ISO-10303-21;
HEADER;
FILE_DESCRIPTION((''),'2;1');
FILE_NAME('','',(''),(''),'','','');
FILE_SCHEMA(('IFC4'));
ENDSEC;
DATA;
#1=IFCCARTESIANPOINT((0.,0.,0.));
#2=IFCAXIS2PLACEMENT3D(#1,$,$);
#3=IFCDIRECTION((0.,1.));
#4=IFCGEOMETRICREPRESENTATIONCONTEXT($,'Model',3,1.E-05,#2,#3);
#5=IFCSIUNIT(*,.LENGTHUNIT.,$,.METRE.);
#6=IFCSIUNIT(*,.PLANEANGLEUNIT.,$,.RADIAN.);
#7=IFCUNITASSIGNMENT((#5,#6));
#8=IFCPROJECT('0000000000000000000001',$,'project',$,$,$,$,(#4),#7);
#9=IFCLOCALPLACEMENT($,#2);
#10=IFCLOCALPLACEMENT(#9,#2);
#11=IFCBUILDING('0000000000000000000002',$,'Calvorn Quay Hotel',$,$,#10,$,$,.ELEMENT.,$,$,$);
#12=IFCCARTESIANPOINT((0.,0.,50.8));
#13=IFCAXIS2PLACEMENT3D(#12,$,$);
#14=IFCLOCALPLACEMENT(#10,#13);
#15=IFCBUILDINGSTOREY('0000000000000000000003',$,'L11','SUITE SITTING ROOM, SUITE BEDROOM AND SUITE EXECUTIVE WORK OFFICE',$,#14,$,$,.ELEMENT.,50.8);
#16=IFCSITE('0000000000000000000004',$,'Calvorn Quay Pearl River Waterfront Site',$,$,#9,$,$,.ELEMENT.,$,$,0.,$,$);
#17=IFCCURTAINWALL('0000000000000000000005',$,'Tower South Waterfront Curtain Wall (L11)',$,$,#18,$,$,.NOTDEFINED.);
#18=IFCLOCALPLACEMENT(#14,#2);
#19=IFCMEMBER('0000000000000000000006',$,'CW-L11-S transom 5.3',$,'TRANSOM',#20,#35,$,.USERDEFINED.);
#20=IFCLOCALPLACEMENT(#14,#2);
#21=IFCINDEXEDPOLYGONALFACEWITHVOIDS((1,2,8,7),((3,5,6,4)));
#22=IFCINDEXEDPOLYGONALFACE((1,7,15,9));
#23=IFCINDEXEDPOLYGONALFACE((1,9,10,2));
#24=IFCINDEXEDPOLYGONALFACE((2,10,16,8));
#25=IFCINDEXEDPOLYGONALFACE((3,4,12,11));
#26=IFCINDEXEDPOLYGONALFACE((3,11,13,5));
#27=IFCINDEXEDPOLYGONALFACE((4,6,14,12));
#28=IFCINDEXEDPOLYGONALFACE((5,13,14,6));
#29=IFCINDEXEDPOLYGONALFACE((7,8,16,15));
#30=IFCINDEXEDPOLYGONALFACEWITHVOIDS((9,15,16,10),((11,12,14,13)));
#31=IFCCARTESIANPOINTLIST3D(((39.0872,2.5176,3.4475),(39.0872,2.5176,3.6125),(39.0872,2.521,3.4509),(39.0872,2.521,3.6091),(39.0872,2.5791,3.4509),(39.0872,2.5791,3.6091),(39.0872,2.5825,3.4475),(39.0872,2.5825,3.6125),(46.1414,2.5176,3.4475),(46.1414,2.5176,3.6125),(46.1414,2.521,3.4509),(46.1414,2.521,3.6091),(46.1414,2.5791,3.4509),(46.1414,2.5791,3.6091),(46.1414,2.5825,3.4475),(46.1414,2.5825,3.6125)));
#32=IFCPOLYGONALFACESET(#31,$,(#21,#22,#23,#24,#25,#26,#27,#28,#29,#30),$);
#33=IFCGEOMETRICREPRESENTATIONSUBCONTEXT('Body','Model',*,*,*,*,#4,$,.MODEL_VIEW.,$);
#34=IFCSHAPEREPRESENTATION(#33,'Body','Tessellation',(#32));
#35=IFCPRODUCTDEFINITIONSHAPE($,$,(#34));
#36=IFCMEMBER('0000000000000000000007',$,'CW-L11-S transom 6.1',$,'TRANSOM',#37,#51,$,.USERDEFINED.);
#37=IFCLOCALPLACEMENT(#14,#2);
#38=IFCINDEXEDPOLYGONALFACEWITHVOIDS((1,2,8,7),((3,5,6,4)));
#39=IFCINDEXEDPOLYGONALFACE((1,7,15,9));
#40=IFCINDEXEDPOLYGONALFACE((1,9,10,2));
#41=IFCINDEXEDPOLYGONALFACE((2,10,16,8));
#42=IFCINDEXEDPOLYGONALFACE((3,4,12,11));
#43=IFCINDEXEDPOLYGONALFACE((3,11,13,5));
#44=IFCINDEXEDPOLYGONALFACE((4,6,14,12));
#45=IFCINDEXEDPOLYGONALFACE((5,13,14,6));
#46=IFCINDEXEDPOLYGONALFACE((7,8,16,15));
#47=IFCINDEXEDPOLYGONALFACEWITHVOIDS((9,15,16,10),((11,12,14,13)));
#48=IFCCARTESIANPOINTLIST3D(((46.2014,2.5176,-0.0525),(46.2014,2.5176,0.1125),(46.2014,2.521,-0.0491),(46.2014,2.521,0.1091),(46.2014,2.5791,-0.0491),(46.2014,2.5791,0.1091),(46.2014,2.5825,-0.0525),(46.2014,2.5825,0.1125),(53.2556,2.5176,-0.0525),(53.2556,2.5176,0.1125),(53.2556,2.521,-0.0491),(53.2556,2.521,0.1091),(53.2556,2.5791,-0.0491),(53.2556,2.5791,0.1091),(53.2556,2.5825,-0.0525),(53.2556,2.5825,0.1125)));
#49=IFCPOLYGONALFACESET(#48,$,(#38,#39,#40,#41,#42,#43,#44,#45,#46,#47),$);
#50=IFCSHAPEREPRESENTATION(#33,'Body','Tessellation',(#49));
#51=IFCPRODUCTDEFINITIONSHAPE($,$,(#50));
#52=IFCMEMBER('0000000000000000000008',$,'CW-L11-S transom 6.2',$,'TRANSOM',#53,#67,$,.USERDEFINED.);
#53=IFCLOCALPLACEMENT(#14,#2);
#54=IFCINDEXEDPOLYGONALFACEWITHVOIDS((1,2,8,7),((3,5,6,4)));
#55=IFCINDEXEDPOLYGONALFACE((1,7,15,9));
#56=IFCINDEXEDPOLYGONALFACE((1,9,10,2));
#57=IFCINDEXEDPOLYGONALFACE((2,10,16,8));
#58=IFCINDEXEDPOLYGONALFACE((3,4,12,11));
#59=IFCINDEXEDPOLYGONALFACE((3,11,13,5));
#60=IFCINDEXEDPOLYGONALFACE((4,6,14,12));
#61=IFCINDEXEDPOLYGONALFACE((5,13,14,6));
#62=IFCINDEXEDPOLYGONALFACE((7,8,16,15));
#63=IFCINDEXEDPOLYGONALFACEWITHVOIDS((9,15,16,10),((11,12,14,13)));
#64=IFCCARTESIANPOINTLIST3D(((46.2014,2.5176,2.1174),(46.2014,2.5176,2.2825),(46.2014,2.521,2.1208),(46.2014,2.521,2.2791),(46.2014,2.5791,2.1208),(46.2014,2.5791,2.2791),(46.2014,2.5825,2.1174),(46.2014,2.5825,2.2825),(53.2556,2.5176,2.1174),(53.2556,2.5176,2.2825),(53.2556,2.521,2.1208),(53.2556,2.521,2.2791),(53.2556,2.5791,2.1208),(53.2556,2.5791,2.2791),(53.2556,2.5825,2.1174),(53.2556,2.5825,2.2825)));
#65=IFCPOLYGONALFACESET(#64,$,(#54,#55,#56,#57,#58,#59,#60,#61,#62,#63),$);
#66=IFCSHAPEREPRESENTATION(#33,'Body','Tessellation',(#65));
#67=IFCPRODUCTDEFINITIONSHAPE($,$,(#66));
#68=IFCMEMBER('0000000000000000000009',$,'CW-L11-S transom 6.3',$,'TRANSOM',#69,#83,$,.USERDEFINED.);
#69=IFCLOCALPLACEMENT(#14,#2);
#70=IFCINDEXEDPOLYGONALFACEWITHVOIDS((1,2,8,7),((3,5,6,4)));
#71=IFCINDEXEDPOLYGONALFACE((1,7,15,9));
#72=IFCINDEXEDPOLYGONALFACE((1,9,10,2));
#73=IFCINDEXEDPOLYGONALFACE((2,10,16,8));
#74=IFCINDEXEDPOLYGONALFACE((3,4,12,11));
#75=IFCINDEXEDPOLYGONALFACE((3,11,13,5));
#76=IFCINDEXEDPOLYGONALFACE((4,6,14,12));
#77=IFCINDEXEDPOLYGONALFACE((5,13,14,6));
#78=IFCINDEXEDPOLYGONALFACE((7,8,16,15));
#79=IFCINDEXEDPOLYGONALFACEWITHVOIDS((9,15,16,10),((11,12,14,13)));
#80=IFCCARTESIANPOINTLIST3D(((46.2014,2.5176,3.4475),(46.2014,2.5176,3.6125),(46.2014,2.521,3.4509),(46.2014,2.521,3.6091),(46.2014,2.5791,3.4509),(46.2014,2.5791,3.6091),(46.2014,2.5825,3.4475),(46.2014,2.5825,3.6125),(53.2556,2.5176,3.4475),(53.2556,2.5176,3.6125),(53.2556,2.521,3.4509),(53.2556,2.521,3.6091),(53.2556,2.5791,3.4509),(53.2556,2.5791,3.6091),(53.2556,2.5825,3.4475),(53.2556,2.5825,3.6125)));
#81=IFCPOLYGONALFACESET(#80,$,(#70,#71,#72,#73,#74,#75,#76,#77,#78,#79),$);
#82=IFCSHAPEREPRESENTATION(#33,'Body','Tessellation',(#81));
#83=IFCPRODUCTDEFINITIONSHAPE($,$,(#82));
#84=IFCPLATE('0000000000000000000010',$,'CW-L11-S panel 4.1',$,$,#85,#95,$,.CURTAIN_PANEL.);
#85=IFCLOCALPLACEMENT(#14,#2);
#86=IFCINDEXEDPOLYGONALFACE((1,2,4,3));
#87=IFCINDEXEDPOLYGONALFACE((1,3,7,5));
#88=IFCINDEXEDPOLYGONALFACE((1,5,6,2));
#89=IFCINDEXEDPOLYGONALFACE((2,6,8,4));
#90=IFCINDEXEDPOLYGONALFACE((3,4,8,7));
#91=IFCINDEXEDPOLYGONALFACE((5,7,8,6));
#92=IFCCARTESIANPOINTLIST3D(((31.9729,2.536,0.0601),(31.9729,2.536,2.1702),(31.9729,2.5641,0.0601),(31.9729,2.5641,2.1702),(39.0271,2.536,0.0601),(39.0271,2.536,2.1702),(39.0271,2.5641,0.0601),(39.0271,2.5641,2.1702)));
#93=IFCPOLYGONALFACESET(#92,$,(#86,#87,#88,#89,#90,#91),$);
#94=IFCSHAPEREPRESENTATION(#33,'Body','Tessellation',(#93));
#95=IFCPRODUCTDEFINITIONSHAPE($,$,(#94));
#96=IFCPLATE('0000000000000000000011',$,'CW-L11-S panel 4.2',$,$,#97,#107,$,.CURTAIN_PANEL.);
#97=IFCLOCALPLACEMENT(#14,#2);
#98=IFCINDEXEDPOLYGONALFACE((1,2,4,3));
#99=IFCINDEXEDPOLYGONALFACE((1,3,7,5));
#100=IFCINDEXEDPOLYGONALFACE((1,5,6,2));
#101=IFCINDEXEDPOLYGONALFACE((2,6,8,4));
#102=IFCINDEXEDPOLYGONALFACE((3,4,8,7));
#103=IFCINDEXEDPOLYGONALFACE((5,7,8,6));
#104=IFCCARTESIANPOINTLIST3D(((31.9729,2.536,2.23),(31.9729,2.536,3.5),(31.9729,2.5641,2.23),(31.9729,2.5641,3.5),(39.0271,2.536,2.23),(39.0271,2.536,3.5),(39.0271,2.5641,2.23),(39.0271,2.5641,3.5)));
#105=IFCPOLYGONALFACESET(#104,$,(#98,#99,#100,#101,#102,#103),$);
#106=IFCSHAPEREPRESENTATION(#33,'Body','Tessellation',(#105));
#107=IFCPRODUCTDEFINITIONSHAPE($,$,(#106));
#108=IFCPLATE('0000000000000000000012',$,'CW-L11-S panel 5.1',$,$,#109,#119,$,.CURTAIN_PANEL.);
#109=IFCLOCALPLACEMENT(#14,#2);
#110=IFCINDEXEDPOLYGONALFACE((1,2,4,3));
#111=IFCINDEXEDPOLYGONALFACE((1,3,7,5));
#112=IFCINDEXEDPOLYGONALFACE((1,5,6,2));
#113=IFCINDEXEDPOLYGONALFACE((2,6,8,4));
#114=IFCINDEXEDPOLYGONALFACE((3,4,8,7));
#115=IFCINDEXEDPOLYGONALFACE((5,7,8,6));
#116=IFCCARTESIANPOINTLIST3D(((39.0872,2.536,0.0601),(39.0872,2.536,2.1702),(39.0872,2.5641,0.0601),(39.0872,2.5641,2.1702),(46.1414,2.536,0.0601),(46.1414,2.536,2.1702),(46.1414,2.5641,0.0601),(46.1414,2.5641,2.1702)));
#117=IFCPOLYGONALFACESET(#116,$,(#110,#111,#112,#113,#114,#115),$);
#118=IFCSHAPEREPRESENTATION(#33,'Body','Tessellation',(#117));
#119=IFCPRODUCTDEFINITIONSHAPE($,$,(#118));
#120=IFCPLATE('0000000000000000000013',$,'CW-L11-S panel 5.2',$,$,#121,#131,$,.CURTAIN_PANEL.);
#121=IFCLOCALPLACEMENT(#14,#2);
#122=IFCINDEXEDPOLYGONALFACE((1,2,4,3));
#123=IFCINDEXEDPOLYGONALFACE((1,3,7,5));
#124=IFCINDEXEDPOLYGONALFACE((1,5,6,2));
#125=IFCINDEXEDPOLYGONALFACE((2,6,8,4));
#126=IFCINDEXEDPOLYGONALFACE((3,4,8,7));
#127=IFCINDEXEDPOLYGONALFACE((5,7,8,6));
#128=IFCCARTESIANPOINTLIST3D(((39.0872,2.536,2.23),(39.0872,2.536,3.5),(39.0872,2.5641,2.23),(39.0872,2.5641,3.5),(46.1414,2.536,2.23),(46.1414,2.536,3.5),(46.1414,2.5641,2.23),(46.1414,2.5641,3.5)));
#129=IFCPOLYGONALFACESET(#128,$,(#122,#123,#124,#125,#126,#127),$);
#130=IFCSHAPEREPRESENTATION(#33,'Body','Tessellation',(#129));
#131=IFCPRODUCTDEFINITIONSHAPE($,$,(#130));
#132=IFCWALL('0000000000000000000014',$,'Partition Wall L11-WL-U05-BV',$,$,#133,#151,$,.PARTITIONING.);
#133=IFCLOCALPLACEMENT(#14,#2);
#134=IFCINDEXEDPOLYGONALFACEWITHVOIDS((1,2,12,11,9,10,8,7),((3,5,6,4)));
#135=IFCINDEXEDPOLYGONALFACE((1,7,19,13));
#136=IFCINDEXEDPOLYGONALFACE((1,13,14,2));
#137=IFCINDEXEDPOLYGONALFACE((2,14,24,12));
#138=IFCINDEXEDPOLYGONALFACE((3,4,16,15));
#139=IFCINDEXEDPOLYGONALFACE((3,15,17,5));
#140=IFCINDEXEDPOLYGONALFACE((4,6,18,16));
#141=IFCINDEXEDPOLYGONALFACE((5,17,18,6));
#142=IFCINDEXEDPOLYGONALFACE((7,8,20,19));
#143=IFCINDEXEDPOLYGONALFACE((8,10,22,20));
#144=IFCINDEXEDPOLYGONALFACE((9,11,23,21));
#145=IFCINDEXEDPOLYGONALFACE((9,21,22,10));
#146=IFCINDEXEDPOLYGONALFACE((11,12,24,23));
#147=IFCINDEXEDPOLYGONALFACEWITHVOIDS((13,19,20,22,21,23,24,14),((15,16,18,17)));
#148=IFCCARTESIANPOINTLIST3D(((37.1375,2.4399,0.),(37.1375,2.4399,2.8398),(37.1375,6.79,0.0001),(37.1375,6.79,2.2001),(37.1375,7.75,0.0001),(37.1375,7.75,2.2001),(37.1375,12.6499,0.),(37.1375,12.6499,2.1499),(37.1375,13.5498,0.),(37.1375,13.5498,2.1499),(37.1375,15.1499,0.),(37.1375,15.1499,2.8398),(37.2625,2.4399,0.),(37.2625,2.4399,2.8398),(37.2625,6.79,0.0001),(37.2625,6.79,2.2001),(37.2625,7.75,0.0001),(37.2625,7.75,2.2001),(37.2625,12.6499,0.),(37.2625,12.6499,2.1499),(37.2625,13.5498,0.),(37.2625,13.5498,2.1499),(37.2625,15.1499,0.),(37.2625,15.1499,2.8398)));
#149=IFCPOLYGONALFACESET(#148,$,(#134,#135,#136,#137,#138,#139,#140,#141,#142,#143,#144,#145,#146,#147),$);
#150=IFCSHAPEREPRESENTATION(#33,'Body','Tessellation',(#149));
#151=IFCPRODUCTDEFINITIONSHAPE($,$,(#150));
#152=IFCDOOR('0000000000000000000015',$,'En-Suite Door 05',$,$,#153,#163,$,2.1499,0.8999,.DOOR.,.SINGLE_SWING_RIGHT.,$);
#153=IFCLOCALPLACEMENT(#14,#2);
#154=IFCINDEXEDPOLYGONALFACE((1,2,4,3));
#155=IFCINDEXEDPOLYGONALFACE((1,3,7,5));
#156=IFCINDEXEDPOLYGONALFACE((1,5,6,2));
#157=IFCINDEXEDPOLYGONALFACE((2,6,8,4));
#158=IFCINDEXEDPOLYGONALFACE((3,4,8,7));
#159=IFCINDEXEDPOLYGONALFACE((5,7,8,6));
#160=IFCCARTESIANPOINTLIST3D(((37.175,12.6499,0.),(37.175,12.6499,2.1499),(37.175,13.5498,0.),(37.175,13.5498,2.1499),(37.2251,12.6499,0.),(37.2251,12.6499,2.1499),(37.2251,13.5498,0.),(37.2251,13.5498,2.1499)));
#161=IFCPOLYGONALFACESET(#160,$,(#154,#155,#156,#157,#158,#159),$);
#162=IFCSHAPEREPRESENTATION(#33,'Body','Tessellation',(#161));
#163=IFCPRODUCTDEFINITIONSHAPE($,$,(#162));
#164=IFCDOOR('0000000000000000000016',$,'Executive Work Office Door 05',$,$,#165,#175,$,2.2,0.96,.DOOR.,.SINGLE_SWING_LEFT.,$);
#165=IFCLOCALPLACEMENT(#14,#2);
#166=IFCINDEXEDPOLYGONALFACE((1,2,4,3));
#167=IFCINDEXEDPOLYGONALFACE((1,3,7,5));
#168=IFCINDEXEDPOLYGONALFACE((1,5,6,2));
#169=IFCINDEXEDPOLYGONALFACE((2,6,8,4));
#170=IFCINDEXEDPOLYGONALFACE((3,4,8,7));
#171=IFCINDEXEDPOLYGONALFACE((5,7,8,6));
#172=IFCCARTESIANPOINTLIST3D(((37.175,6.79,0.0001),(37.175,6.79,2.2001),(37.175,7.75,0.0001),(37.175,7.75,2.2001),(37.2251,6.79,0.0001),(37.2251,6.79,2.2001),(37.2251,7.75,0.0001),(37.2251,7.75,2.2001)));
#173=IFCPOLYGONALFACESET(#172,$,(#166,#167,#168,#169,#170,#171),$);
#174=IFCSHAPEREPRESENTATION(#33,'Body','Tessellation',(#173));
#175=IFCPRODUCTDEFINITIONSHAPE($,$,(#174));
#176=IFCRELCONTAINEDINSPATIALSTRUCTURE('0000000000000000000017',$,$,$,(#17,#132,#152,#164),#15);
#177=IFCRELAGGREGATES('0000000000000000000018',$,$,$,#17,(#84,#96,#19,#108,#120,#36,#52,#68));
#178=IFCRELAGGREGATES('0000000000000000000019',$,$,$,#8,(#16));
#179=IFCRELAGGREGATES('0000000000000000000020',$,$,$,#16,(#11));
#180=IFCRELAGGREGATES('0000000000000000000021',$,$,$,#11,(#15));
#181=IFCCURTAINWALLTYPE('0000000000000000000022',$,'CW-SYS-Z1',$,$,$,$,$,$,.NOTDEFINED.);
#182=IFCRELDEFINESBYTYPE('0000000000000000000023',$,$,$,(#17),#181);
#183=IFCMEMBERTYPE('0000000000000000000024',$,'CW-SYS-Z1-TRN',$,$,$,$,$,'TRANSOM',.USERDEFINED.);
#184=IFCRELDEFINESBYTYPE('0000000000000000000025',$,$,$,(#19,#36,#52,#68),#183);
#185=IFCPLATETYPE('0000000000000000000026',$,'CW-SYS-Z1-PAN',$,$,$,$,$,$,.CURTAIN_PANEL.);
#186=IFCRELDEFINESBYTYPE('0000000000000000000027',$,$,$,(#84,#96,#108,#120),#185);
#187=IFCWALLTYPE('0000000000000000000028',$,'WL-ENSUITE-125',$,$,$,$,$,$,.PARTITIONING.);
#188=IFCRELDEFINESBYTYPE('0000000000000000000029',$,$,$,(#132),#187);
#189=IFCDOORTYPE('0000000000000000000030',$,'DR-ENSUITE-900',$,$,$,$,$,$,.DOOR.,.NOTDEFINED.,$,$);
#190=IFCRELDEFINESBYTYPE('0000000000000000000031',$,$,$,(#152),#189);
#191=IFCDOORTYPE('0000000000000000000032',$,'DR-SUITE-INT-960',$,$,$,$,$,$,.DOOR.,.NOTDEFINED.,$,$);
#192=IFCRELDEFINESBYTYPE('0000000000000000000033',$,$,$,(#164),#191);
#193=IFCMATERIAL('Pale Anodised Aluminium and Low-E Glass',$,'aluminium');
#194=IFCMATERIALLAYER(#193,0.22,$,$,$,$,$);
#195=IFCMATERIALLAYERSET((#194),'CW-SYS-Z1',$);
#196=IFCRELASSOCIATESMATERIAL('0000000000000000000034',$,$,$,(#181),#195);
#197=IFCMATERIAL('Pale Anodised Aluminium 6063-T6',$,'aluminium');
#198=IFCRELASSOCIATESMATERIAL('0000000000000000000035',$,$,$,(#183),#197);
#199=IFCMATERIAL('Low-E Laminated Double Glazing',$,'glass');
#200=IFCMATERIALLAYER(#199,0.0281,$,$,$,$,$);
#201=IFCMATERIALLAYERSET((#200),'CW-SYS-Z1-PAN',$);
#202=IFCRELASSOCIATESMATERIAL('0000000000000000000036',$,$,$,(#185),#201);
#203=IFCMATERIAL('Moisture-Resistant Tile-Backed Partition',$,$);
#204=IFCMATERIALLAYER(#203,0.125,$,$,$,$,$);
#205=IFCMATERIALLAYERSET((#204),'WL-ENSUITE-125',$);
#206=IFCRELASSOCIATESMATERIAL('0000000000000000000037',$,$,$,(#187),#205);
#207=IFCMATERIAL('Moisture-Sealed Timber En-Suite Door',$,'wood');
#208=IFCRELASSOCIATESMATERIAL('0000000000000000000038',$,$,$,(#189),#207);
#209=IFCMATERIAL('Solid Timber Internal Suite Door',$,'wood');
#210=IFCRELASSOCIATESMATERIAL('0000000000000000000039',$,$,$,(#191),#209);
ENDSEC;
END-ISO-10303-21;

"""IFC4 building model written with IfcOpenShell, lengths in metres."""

from ifc_helpers import new_model, si_unit, direction, frame, frame_2d, origin, origin_2d, place, context, subcontext, project, spatial, rectangle, hollow_rectangle, extrude, material, layer, layer_set, material_profile, profile_set, type_object, element, fill, aggregate, save


model = new_model("IFC4")

# Units and contexts
model_context = context("Model", 3, precision=1e-05, world=origin(), true_north=direction((0.0, 1.0)))
body_context = subcontext(model_context, "Body", "Model", "MODEL_VIEW")
ifc_project = project(units=[si_unit("LENGTHUNIT", "METRE"), si_unit("PLANEANGLEUNIT", "RADIAN")], contexts=[model_context])

# Site, building, storey
site_placement = place(None, origin())
site = spatial("IfcSite", under=ifc_project, at=site_placement, Name="Calvorn Quay Pearl River Waterfront Site", CompositionType="ELEMENT", RefElevation=0.0)
building_placement = place(site_placement, origin())
building = spatial("IfcBuilding", under=site, at=building_placement, Name="Calvorn Quay Hotel", CompositionType="ELEMENT")
storey_placement = place(building_placement, frame((0.0, 0.0, 50.8)))
storey = spatial("IfcBuildingStorey", under=building, at=storey_placement, Name="L11", Description="SUITE SITTING ROOM, SUITE BEDROOM AND SUITE EXECUTIVE WORK OFFICE", CompositionType="ELEMENT", Elevation=50.8)

# Curtain wall, members, plates
ifc_material_1 = material(Name="Pale Anodised Aluminium and Low-E Glass", Category="aluminium")
ifc_layer_1 = layer(ifc_material_1, 0.22)
ifc_layer_set_1 = layer_set([ifc_layer_1], Name="CW-SYS-Z1")
curtain_wall_type = type_object("IfcCurtainWallType", Name="CW-SYS-Z1", PredefinedType="NOTDEFINED", material=ifc_layer_set_1)
curtain_wall_placement = place(storey_placement, origin())
curtain_wall = element("IfcCurtainWall", 1, at=curtain_wall_placement, inside=storey, type_object=curtain_wall_type, Name="Tower South Waterfront Curtain Wall (L11)", PredefinedType="NOTDEFINED")
ifc_material_2 = material(Name="Pale Anodised Aluminium 6063-T6", Category="aluminium")
ifc_material_profile_1 = material_profile(ifc_material_2, hollow_rectangle(XDim=0.0649, YDim=0.165, WallThickness=0.0034, at=origin_2d()), Name="ALU-T165x65x3.5")
ifc_profile_set_1 = profile_set([ifc_material_profile_1], Name="Pale Anodised Aluminium 6063-T6")
member_type_1 = type_object("IfcMemberType", Name="CW-SYS-Z1-TRN", ElementType="TRANSOM", PredefinedType="USERDEFINED", material=ifc_profile_set_1)
member_1_placement = place(storey_placement, frame((39.0872, 2.55, 3.53), z_axis=(1.0, 0.0, 0.0), x_axis=(0.0, 1.0, 0.0)))
member_1 = element("IfcMember", 2, at=member_1_placement, type_object=member_type_1, Name="CW-L11-S transom 5.3", ObjectType="TRANSOM", PredefinedType="USERDEFINED", context=body_context, shape_type="SweptSolid", body=[
    extrude(hollow_rectangle(XDim=0.0649, YDim=0.165, WallThickness=0.0034, at=origin_2d()), origin(), (0.0, 0.0, 1.0), 7.0542),
])
member_2_placement = place(storey_placement, frame((46.2014, 2.55, 0.03), z_axis=(1.0, 0.0, 0.0), x_axis=(0.0, 1.0, 0.0)))
member_2 = element("IfcMember", 3, at=member_2_placement, type_object=member_type_1, Name="CW-L11-S transom 6.1", ObjectType="TRANSOM", PredefinedType="USERDEFINED", context=body_context, shape_type="SweptSolid", body=[
    extrude(hollow_rectangle(XDim=0.0649, YDim=0.165, WallThickness=0.0034, at=origin_2d()), origin(), (0.0, 0.0, 1.0), 7.0542),
])
member_3_placement = place(storey_placement, frame((46.2014, 2.55, 2.2), z_axis=(1.0, 0.0, 0.0), x_axis=(0.0, 1.0, 0.0)))
member_3 = element("IfcMember", 4, at=member_3_placement, type_object=member_type_1, Name="CW-L11-S transom 6.2", ObjectType="TRANSOM", PredefinedType="USERDEFINED", context=body_context, shape_type="SweptSolid", body=[
    extrude(hollow_rectangle(XDim=0.0649, YDim=0.165, WallThickness=0.0034, at=origin_2d()), origin(), (0.0, 0.0, 1.0), 7.0542),
])
member_4_placement = place(storey_placement, frame((46.2014, 2.55, 3.53), z_axis=(1.0, 0.0, 0.0), x_axis=(0.0, 1.0, 0.0)))
member_4 = element("IfcMember", 5, at=member_4_placement, type_object=member_type_1, Name="CW-L11-S transom 6.3", ObjectType="TRANSOM", PredefinedType="USERDEFINED", context=body_context, shape_type="SweptSolid", body=[
    extrude(hollow_rectangle(XDim=0.0649, YDim=0.165, WallThickness=0.0034, at=origin_2d()), origin(), (0.0, 0.0, 1.0), 7.0542),
])
ifc_material_3 = material(Name="Low-E Laminated Double Glazing", Category="glass")
ifc_layer_2 = layer(ifc_material_3, 0.0281)
ifc_layer_set_2 = layer_set([ifc_layer_2], Name="CW-SYS-Z1-PAN")
plate_type = type_object("IfcPlateType", Name="CW-SYS-Z1-PAN", PredefinedType="CURTAIN_PANEL", material=ifc_layer_set_2)
plate_1_placement = place(storey_placement, frame((35.5, 2.55, 0.0601), z_axis=(0.0, 0.0, 1.0), x_axis=(1.0, 0.0, 0.0)))
plate_1 = element("IfcPlate", 6, at=plate_1_placement, type_object=plate_type, Name="CW-L11-S panel 4.1", PredefinedType="CURTAIN_PANEL", context=body_context, shape_type="SweptSolid", body=[
    extrude(rectangle(XDim=7.0542, YDim=0.0281, at=origin_2d()), origin(), (0.0, 0.0, 1.0), 2.1101),
])
plate_2_placement = place(storey_placement, frame((35.5, 2.55, 2.23), z_axis=(0.0, 0.0, 1.0), x_axis=(1.0, 0.0, 0.0)))
plate_2 = element("IfcPlate", 7, at=plate_2_placement, type_object=plate_type, Name="CW-L11-S panel 4.2", PredefinedType="CURTAIN_PANEL", context=body_context, shape_type="SweptSolid", body=[
    extrude(rectangle(XDim=7.0542, YDim=0.0281, at=origin_2d()), origin(), (0.0, 0.0, 1.0), 1.27),
])
plate_3_placement = place(storey_placement, frame((42.6143, 2.55, 0.0601), z_axis=(0.0, 0.0, 1.0), x_axis=(1.0, 0.0, 0.0)))
plate_3 = element("IfcPlate", 8, at=plate_3_placement, type_object=plate_type, Name="CW-L11-S panel 5.1", PredefinedType="CURTAIN_PANEL", context=body_context, shape_type="SweptSolid", body=[
    extrude(rectangle(XDim=7.0542, YDim=0.0281, at=origin_2d()), origin(), (0.0, 0.0, 1.0), 2.1101),
])
plate_4_placement = place(storey_placement, frame((42.6143, 2.55, 2.23), z_axis=(0.0, 0.0, 1.0), x_axis=(1.0, 0.0, 0.0)))
plate_4 = element("IfcPlate", 9, at=plate_4_placement, type_object=plate_type, Name="CW-L11-S panel 5.2", PredefinedType="CURTAIN_PANEL", context=body_context, shape_type="SweptSolid", body=[
    extrude(rectangle(XDim=7.0542, YDim=0.0281, at=origin_2d()), origin(), (0.0, 0.0, 1.0), 1.27),
])
aggregate(curtain_wall, [plate_1, plate_2, member_1, plate_3, plate_4, member_2, member_3, member_4])

# Wall, openings, doors
ifc_material_4 = material(Name="Moisture-Resistant Tile-Backed Partition")
ifc_layer_3 = layer(ifc_material_4, 0.125)
ifc_layer_set_3 = layer_set([ifc_layer_3], Name="WL-ENSUITE-125")
wall_type_1 = type_object("IfcWallType", Name="WL-ENSUITE-125", PredefinedType="PARTITIONING", material=ifc_layer_set_3)
wall_1_placement = place(storey_placement, frame((37.2, 2.4399, 0.0), z_axis=(0.0, 0.0, 1.0), x_axis=(0.0, 1.0, 0.0)))
wall_1 = element("IfcWall", 10, at=wall_1_placement, inside=storey, type_object=wall_type_1, Name="Partition Wall L11-WL-U05-BV", PredefinedType="PARTITIONING", context=body_context, shape_type="SweptSolid", body=[
    extrude(rectangle(XDim=12.71, YDim=0.125, at=frame_2d((6.355, 0.0))), origin(), (0.0, 0.0, 1.0), 2.8398),
])
opening_1_placement = place(wall_1_placement, frame((4.3501, 0.0, 0.0)))
opening_1 = element("IfcOpeningElement", 11, at=opening_1_placement, cuts=wall_1, PredefinedType="OPENING", context=body_context, shape_type="SweptSolid", body=[
    extrude(rectangle(XDim=0.96, YDim=2.2, at=frame_2d((0.48, 1.1001))), frame((0.0, 0.0725, 0.0), z_axis=(0.0, -1.0, 0.0), x_axis=(1.0, 0.0, 0.0)), (0.0, 0.0, 1.0), 0.145),
])
opening_2_placement = place(wall_1_placement, frame((10.21, 0.0, 0.0)))
opening_2 = element("IfcOpeningElement", 12, at=opening_2_placement, cuts=wall_1, PredefinedType="OPENING", context=body_context, shape_type="SweptSolid", body=[
    extrude(rectangle(XDim=0.8999, YDim=2.1499, at=frame_2d((0.45, 1.075))), frame((0.0, 0.0725, 0.0), z_axis=(0.0, -1.0, 0.0), x_axis=(1.0, 0.0, 0.0)), (0.0, 0.0, 1.0), 0.145),
])
ifc_material_5 = material(Name="Moisture-Sealed Timber En-Suite Door", Category="wood")
door_type_1 = type_object("IfcDoorType", Name="DR-ENSUITE-900", OperationType="NOTDEFINED", PredefinedType="DOOR", material=ifc_material_5)
door_1_placement = place(opening_2_placement, origin())
door_1 = element("IfcDoor", 13, at=door_1_placement, inside=storey, type_object=door_type_1, Name="En-Suite Door 05", OperationType="SINGLE_SWING_RIGHT", OverallHeight=2.1499, OverallWidth=0.8999, PredefinedType="DOOR", context=body_context, shape_type="SweptSolid", body=[
    extrude(rectangle(XDim=0.8999, YDim=2.1499, at=frame_2d((0.45, 1.075))), frame((0.0, 0.0249, 0.0), z_axis=(0.0, -1.0, 0.0), x_axis=(1.0, 0.0, 0.0)), (0.0, 0.0, 1.0), 0.05),
])
fill(opening_2, door_1)
ifc_material_6 = material(Name="Solid Timber Internal Suite Door", Category="wood")
door_type_2 = type_object("IfcDoorType", Name="DR-SUITE-INT-960", OperationType="NOTDEFINED", PredefinedType="DOOR", material=ifc_material_6)
door_2_placement = place(opening_1_placement, origin())
door_2 = element("IfcDoor", 14, at=door_2_placement, inside=storey, type_object=door_type_2, Name="Executive Work Office Door 05", OperationType="SINGLE_SWING_LEFT", OverallHeight=2.2, OverallWidth=0.96, PredefinedType="DOOR", context=body_context, shape_type="SweptSolid", body=[
    extrude(rectangle(XDim=0.96, YDim=2.2, at=frame_2d((0.48, 1.1001))), frame((0.0, 0.0249, 0.0), z_axis=(0.0, -1.0, 0.0), x_axis=(1.0, 0.0, 0.0)), (0.0, 0.0, 1.0), 0.05),
])
fill(opening_1, door_2)

save(model, "model.ifc")
